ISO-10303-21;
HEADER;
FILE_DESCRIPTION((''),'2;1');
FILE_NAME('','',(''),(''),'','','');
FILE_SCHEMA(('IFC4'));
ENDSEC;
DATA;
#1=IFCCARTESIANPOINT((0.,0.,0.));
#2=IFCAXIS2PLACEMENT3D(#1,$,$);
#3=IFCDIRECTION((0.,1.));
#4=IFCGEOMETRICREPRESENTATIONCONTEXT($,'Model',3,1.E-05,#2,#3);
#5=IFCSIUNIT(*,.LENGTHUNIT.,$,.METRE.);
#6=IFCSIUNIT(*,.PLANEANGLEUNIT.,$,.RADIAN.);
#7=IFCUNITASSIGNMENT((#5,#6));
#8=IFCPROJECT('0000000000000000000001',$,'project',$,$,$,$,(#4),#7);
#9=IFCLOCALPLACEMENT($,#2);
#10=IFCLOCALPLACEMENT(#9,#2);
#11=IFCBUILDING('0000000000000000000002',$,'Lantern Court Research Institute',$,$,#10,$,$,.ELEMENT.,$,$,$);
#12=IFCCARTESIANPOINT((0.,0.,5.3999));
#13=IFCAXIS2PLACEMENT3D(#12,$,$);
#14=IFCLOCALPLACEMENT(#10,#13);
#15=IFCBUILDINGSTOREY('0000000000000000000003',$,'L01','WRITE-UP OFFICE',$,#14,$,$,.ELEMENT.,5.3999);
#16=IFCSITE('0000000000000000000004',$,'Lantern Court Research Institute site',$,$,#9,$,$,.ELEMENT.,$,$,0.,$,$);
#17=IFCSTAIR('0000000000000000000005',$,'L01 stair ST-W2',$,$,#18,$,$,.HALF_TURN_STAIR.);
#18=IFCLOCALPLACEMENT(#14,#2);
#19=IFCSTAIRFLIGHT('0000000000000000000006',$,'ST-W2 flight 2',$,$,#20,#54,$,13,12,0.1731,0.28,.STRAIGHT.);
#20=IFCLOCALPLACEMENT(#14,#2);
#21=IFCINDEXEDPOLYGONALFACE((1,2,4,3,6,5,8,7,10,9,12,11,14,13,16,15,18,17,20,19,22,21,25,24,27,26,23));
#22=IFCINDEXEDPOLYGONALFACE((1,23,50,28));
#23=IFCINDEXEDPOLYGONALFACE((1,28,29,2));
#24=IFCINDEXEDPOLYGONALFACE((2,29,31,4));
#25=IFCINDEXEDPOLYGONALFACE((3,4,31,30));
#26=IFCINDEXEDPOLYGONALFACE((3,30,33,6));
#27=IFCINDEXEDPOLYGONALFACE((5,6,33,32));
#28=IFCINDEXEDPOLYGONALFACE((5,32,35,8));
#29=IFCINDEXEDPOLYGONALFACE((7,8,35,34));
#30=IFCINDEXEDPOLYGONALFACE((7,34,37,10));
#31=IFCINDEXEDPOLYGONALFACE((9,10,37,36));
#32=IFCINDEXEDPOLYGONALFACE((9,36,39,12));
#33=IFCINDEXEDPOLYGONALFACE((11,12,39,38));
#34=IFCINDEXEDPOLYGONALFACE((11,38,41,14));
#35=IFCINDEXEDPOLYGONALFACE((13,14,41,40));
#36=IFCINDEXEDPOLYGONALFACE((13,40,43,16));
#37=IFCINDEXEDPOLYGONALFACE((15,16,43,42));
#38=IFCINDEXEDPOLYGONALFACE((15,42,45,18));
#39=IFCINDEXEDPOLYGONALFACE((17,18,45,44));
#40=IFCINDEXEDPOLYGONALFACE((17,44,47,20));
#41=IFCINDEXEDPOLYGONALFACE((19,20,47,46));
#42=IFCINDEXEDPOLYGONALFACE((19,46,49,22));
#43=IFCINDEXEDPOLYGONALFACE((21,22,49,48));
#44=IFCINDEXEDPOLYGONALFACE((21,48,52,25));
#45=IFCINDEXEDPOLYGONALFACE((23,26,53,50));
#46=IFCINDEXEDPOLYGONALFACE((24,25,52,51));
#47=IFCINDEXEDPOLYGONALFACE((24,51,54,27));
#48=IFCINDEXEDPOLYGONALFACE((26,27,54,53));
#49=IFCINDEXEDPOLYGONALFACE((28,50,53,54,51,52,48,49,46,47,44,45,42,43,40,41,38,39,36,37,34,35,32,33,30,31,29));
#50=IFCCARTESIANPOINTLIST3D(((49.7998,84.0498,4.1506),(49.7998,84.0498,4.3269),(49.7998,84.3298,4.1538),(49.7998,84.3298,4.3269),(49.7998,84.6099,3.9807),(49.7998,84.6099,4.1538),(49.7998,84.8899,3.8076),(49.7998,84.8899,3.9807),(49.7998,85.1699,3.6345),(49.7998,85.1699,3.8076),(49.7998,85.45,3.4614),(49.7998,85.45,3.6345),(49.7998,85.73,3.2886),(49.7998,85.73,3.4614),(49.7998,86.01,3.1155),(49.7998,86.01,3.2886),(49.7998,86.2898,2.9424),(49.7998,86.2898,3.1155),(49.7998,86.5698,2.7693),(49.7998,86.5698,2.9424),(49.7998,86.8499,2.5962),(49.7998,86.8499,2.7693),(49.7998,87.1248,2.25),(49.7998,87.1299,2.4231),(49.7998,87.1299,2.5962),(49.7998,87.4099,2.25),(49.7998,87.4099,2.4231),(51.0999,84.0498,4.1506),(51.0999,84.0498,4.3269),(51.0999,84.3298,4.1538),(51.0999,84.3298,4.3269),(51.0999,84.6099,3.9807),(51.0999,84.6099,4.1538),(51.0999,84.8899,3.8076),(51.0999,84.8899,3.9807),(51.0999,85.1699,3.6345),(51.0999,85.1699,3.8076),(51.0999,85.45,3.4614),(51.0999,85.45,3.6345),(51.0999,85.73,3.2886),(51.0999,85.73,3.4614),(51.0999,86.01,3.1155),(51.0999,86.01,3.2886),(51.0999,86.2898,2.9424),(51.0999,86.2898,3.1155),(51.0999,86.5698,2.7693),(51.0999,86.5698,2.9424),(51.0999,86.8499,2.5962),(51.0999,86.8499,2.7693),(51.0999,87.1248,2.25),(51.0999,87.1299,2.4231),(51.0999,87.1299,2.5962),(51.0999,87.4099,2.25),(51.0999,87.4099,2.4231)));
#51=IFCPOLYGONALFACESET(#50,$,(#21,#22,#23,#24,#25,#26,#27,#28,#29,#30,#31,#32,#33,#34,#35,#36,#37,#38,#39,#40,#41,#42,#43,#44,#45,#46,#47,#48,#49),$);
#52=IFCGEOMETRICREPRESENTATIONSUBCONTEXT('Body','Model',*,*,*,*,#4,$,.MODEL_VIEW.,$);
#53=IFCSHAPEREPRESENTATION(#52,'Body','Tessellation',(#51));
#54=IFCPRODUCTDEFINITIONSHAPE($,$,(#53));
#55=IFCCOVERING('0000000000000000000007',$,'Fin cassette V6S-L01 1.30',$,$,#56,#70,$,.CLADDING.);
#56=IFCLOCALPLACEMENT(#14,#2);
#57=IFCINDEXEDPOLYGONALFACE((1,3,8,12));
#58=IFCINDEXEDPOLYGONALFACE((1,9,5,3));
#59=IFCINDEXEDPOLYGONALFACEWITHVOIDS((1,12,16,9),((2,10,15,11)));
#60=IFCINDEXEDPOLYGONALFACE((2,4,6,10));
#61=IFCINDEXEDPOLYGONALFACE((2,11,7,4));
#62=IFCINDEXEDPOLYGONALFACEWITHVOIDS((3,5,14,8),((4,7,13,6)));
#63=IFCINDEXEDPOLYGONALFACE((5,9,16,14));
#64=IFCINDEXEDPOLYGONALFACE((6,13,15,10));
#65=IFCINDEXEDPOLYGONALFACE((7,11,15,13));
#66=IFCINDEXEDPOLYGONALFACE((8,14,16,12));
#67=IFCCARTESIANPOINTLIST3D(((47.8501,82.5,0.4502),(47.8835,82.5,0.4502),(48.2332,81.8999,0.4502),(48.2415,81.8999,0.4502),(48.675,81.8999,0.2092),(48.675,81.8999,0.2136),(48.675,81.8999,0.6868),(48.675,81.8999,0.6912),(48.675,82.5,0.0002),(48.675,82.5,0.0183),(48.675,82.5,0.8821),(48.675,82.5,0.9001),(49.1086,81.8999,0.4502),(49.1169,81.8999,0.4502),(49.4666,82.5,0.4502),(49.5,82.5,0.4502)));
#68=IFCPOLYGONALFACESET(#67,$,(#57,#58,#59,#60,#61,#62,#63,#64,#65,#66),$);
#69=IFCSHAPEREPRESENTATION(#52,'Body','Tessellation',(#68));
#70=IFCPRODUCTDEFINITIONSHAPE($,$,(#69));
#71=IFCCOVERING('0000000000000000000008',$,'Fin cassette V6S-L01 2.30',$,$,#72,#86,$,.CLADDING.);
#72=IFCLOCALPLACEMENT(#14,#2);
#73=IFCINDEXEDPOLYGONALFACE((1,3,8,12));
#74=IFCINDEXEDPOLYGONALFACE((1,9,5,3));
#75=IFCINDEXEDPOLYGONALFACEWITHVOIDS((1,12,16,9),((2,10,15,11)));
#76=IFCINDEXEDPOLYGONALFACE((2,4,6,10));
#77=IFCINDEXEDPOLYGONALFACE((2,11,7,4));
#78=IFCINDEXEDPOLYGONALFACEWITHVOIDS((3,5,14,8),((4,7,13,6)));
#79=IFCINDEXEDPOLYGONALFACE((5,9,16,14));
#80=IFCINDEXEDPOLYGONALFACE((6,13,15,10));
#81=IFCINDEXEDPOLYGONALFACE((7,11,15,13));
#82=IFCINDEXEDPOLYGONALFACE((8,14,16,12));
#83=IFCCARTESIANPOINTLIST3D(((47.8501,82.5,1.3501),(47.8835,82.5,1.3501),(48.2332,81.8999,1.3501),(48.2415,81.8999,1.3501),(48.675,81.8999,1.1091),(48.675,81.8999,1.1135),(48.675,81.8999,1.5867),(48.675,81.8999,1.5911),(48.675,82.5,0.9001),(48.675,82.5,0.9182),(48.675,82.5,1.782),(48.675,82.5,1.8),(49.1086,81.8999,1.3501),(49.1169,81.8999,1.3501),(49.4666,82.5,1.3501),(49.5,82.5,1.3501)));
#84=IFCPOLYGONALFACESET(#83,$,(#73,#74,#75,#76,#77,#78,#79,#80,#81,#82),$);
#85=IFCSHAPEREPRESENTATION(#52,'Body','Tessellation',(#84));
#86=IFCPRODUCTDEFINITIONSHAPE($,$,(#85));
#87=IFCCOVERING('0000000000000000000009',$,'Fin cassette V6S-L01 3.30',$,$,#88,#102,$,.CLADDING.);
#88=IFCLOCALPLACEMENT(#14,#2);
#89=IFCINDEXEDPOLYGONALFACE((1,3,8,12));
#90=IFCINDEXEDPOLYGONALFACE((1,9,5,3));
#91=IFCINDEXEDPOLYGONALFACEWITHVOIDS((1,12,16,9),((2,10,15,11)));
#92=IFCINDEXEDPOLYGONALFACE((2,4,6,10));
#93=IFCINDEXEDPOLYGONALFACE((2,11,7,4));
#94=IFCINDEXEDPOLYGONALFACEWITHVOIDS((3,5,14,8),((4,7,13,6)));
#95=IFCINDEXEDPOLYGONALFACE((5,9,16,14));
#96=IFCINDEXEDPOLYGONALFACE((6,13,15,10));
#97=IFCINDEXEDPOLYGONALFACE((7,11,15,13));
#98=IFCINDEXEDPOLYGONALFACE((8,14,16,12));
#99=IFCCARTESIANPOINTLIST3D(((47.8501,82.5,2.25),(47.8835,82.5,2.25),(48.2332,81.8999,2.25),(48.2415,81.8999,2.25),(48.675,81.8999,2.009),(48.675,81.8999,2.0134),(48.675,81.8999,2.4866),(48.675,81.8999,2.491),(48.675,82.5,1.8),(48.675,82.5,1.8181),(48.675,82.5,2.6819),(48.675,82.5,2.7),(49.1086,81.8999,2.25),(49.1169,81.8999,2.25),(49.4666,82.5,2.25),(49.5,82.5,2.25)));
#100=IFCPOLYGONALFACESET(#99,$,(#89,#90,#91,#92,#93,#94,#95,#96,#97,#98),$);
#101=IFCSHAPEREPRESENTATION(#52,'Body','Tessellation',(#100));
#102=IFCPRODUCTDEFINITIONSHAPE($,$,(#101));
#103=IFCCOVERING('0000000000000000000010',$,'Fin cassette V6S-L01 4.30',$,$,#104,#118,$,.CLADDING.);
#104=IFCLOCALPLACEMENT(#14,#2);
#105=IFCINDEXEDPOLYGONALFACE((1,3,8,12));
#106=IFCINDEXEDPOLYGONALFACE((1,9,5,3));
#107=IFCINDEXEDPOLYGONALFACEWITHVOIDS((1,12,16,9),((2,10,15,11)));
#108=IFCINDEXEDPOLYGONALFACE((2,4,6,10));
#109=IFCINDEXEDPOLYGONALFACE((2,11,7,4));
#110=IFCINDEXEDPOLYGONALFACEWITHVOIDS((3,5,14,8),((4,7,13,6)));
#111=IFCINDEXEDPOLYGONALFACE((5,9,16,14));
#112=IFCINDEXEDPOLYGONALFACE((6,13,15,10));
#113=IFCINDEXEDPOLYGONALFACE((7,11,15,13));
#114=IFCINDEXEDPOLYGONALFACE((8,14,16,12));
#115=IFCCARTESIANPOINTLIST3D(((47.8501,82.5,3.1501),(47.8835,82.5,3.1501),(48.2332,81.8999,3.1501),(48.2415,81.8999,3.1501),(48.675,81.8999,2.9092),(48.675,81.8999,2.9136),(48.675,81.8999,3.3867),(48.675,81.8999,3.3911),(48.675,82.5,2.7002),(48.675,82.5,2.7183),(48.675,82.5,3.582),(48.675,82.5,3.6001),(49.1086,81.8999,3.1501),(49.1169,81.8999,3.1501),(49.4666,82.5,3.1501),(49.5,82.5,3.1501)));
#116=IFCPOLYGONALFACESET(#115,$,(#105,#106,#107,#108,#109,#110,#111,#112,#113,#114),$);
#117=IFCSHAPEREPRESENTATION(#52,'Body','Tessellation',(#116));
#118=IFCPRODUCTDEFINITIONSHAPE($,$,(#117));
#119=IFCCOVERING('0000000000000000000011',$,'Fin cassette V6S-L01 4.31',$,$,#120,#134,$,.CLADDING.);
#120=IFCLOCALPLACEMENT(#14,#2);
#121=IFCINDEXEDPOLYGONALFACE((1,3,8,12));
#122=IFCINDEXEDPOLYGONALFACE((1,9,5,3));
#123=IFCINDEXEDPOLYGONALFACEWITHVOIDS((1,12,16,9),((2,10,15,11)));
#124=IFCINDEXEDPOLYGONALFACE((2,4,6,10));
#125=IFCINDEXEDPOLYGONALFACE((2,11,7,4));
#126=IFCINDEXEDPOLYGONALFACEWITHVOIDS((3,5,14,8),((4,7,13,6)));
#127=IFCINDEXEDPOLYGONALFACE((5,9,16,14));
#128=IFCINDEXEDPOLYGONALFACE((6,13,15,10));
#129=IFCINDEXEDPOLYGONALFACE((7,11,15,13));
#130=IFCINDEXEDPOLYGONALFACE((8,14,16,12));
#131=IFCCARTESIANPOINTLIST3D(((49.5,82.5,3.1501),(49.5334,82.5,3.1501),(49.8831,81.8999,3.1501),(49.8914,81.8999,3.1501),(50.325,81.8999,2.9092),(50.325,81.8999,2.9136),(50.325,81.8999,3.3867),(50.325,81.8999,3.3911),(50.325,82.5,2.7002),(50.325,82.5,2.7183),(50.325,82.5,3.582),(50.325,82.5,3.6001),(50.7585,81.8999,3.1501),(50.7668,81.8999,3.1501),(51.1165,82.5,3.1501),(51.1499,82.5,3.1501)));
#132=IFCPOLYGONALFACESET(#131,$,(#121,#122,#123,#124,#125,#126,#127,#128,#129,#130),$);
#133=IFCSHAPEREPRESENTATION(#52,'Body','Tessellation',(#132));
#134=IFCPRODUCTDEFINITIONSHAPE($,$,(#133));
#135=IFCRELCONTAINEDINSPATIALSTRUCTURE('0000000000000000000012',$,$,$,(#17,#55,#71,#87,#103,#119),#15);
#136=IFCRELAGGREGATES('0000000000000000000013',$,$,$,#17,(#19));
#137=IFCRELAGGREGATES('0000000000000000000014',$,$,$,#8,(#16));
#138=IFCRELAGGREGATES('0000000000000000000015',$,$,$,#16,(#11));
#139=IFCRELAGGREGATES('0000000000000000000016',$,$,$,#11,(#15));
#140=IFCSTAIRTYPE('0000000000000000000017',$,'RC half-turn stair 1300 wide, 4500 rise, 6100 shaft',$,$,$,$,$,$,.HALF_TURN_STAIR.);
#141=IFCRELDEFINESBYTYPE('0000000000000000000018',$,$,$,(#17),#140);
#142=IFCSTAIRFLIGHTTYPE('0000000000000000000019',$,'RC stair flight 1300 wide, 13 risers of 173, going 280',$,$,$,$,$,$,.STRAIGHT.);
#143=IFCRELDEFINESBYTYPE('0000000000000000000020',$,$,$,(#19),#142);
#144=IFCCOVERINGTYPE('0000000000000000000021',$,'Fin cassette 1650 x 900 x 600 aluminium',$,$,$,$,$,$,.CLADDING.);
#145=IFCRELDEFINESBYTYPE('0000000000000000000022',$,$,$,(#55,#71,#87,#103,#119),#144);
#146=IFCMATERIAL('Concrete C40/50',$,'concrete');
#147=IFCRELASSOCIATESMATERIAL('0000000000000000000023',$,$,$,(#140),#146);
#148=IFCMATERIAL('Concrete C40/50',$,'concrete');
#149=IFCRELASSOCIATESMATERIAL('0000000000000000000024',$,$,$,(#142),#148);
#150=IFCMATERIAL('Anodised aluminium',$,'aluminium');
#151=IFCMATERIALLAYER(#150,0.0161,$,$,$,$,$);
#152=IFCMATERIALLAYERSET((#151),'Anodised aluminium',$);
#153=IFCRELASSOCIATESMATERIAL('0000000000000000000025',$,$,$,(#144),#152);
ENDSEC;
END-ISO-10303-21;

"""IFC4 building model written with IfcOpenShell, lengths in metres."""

from ifc_helpers import new_model, entity, si_unit, direction, frame, origin, place, context, subcontext, project, spatial, polyline, outline, extrude, material, layer, layer_set, type_object, element, aggregate, save


model = new_model("IFC4")

# Units and contexts
model_context = context("Model", 3, precision=1e-05, world=origin(), true_north=direction((0.0, 1.0)))
body_context = subcontext(model_context, "Body", "Model", "MODEL_VIEW")
ifc_project = project(units=[si_unit("LENGTHUNIT", "METRE"), si_unit("PLANEANGLEUNIT", "RADIAN")], contexts=[model_context])

# Site, building, storey
site_placement = place(None, origin())
site = spatial("IfcSite", under=ifc_project, at=site_placement, Name="Lantern Court Research Institute site", CompositionType="ELEMENT", RefElevation=0.0)
building_placement = place(site_placement, origin())
building = spatial("IfcBuilding", under=site, at=building_placement, Name="Lantern Court Research Institute", CompositionType="ELEMENT")
storey_placement = place(building_placement, frame((0.0, 0.0, 5.3999)))
storey = spatial("IfcBuildingStorey", under=building, at=storey_placement, Name="L01", Description="WRITE-UP OFFICE", CompositionType="ELEMENT", Elevation=5.3999)

# Stair, stair flight
ifc_material_1 = material(Name="Concrete C40/50", Category="concrete")
stair_type = type_object("IfcStairType", Name="RC half-turn stair 1300 wide, 4500 rise, 6100 shaft", PredefinedType="HALF_TURN_STAIR", material=ifc_material_1)
stair_placement = place(storey_placement, origin())
stair = element("IfcStair", 1, at=stair_placement, inside=storey, type_object=stair_type, Name="L01 stair ST-W2", PredefinedType="HALF_TURN_STAIR")
ifc_material_2 = material(Name="Concrete C40/50", Category="concrete")
stair_flight_type = type_object("IfcStairFlightType", Name="RC stair flight 1300 wide, 13 risers of 173, going 280", PredefinedType="STRAIGHT", material=ifc_material_2)
stair_flight_1_placement = place(storey_placement, frame((50.45, 87.4099, 2.25), z_axis=(0.0, 0.0, 1.0), x_axis=(0.0, -1.0, 0.0)))
stair_flight_1 = element("IfcStairFlight", 2, at=stair_flight_1_placement, type_object=stair_flight_type, Name="ST-W2 flight 2", NumberOfRisers=13, NumberOfTreads=12, PredefinedType="STRAIGHT", RiserHeight=0.1731, TreadLength=0.28, context=body_context, shape_type="SweptSolid", body=[
    extrude(outline(polyline([(0.0, 0.0), (0.0, 0.1731), (0.28, 0.1731), (0.28, 0.3462), (0.5601, 0.3462), (0.5601, 0.5193), (0.8401, 0.5193), (0.8401, 0.6924), (1.1201, 0.6924), (1.1201, 0.8655), (1.3999, 0.8655), (1.3999, 1.0386), (1.6799, 1.0386), (1.6799, 1.2114), (1.96, 1.2114), (1.96, 1.3845), (2.24, 1.3845), (2.24, 1.5576), (2.52, 1.5576), (2.52, 1.7307), (2.8, 1.7307), (2.8, 1.9038), (3.0801, 1.9038), (3.0801, 2.0769), (3.3601, 2.0769), (3.3601, 2.25), (3.3601, 1.9006), (0.2852, 0.0), (0.0, 0.0)])), frame((0.0, 0.6499, 0.0), z_axis=(0.0, -1.0, 0.0), x_axis=(1.0, 0.0, 0.0)), (0.0, 0.0, 1.0), 1.3),
])
aggregate(stair, [stair_flight_1])

# Coverings
ifc_material_3 = material(Name="Anodised aluminium", Category="aluminium")
ifc_layer_1 = layer(ifc_material_3, 0.0161)
ifc_layer_set_1 = layer_set([ifc_layer_1], Name="Anodised aluminium")
covering_type = type_object("IfcCoveringType", Name="Fin cassette 1650 x 900 x 600 aluminium", PredefinedType="CLADDING", material=ifc_layer_set_1)
covering_1_placement = place(storey_placement, frame((48.675, 82.5, 0.4502), z_axis=(0.0, -1.0, 0.0), x_axis=(1.0, 0.0, 0.0)))
cartesian_point_1 = entity("IfcCartesianPoint", [0.825, 0.0])
cartesian_point_2 = entity("IfcCartesianPoint", [0.7915, 0.0])
cartesian_point_3 = entity("IfcCartesianPoint", [0.4419, 0.0])
cartesian_point_4 = entity("IfcCartesianPoint", [0.4336, 0.0])
element("IfcCovering", 3, at=covering_1_placement, inside=storey, type_object=covering_type, Name="Fin cassette V6S-L01 1.30", PredefinedType="CLADDING", context=body_context, shape_type="SweptSolid", body=[
    entity("IfcExtrudedAreaSolidTapered", entity("IfcArbitraryProfileDefWithVoids", "AREA", None, entity("IfcPolyline", [cartesian_point_1, entity("IfcCartesianPoint", [0.0, 0.45]), entity("IfcCartesianPoint", [-0.825, 0.0]), entity("IfcCartesianPoint", [0.0, -0.45]), cartesian_point_1]), [entity("IfcPolyline", [cartesian_point_2, entity("IfcCartesianPoint", [0.0, 0.4319]), entity("IfcCartesianPoint", [-0.7915, 0.0]), entity("IfcCartesianPoint", [0.0, -0.4319]), cartesian_point_2])]), entity("IfcAxis2Placement3D", entity("IfcCartesianPoint", [0.0, 0.0, 0.0])), entity("IfcDirection", [0.0, 0.0, 1.0]), 0.6001, entity("IfcArbitraryProfileDefWithVoids", "AREA", None, entity("IfcPolyline", [cartesian_point_3, entity("IfcCartesianPoint", [0.0, 0.241]), entity("IfcCartesianPoint", [-0.4419, 0.0]), entity("IfcCartesianPoint", [0.0, -0.241]), cartesian_point_3]), [entity("IfcPolyline", [cartesian_point_4, entity("IfcCartesianPoint", [0.0, 0.2366]), entity("IfcCartesianPoint", [-0.4336, 0.0]), entity("IfcCartesianPoint", [0.0, -0.2366]), cartesian_point_4])])),
])
covering_2_placement = place(storey_placement, frame((48.675, 82.5, 1.3501), z_axis=(0.0, -1.0, 0.0), x_axis=(1.0, 0.0, 0.0)))
cartesian_point_5 = entity("IfcCartesianPoint", [0.825, 0.0])
cartesian_point_6 = entity("IfcCartesianPoint", [0.7915, 0.0])
cartesian_point_7 = entity("IfcCartesianPoint", [0.4419, 0.0])
cartesian_point_8 = entity("IfcCartesianPoint", [0.4336, 0.0])
element("IfcCovering", 4, at=covering_2_placement, inside=storey, type_object=covering_type, Name="Fin cassette V6S-L01 2.30", PredefinedType="CLADDING", context=body_context, shape_type="SweptSolid", body=[
    entity("IfcExtrudedAreaSolidTapered", entity("IfcArbitraryProfileDefWithVoids", "AREA", None, entity("IfcPolyline", [cartesian_point_5, entity("IfcCartesianPoint", [0.0, 0.45]), entity("IfcCartesianPoint", [-0.825, 0.0]), entity("IfcCartesianPoint", [0.0, -0.45]), cartesian_point_5]), [entity("IfcPolyline", [cartesian_point_6, entity("IfcCartesianPoint", [0.0, 0.4319]), entity("IfcCartesianPoint", [-0.7915, 0.0]), entity("IfcCartesianPoint", [0.0, -0.4319]), cartesian_point_6])]), entity("IfcAxis2Placement3D", entity("IfcCartesianPoint", [0.0, 0.0, 0.0])), entity("IfcDirection", [0.0, 0.0, 1.0]), 0.6001, entity("IfcArbitraryProfileDefWithVoids", "AREA", None, entity("IfcPolyline", [cartesian_point_7, entity("IfcCartesianPoint", [0.0, 0.241]), entity("IfcCartesianPoint", [-0.4419, 0.0]), entity("IfcCartesianPoint", [0.0, -0.241]), cartesian_point_7]), [entity("IfcPolyline", [cartesian_point_8, entity("IfcCartesianPoint", [0.0, 0.2366]), entity("IfcCartesianPoint", [-0.4336, 0.0]), entity("IfcCartesianPoint", [0.0, -0.2366]), cartesian_point_8])])),
])
covering_3_placement = place(storey_placement, frame((48.675, 82.5, 2.25), z_axis=(0.0, -1.0, 0.0), x_axis=(1.0, 0.0, 0.0)))
cartesian_point_9 = entity("IfcCartesianPoint", [0.825, 0.0])
cartesian_point_10 = entity("IfcCartesianPoint", [0.7915, 0.0])
cartesian_point_11 = entity("IfcCartesianPoint", [0.4419, 0.0])
cartesian_point_12 = entity("IfcCartesianPoint", [0.4336, 0.0])
element("IfcCovering", 5, at=covering_3_placement, inside=storey, type_object=covering_type, Name="Fin cassette V6S-L01 3.30", PredefinedType="CLADDING", context=body_context, shape_type="SweptSolid", body=[
    entity("IfcExtrudedAreaSolidTapered", entity("IfcArbitraryProfileDefWithVoids", "AREA", None, entity("IfcPolyline", [cartesian_point_9, entity("IfcCartesianPoint", [0.0, 0.45]), entity("IfcCartesianPoint", [-0.825, 0.0]), entity("IfcCartesianPoint", [0.0, -0.45]), cartesian_point_9]), [entity("IfcPolyline", [cartesian_point_10, entity("IfcCartesianPoint", [0.0, 0.4319]), entity("IfcCartesianPoint", [-0.7915, 0.0]), entity("IfcCartesianPoint", [0.0, -0.4319]), cartesian_point_10])]), entity("IfcAxis2Placement3D", entity("IfcCartesianPoint", [0.0, 0.0, 0.0])), entity("IfcDirection", [0.0, 0.0, 1.0]), 0.6001, entity("IfcArbitraryProfileDefWithVoids", "AREA", None, entity("IfcPolyline", [cartesian_point_11, entity("IfcCartesianPoint", [0.0, 0.241]), entity("IfcCartesianPoint", [-0.4419, 0.0]), entity("IfcCartesianPoint", [0.0, -0.241]), cartesian_point_11]), [entity("IfcPolyline", [cartesian_point_12, entity("IfcCartesianPoint", [0.0, 0.2366]), entity("IfcCartesianPoint", [-0.4336, 0.0]), entity("IfcCartesianPoint", [0.0, -0.2366]), cartesian_point_12])])),
])
covering_4_placement = place(storey_placement, frame((48.675, 82.5, 3.1501), z_axis=(0.0, -1.0, 0.0), x_axis=(1.0, 0.0, 0.0)))
cartesian_point_13 = entity("IfcCartesianPoint", [0.825, 0.0])
cartesian_point_14 = entity("IfcCartesianPoint", [0.7915, 0.0])
cartesian_point_15 = entity("IfcCartesianPoint", [0.4419, 0.0])
cartesian_point_16 = entity("IfcCartesianPoint", [0.4336, 0.0])
element("IfcCovering", 6, at=covering_4_placement, inside=storey, type_object=covering_type, Name="Fin cassette V6S-L01 4.30", PredefinedType="CLADDING", context=body_context, shape_type="SweptSolid", body=[
    entity("IfcExtrudedAreaSolidTapered", entity("IfcArbitraryProfileDefWithVoids", "AREA", None, entity("IfcPolyline", [cartesian_point_13, entity("IfcCartesianPoint", [0.0, 0.45]), entity("IfcCartesianPoint", [-0.825, 0.0]), entity("IfcCartesianPoint", [0.0, -0.45]), cartesian_point_13]), [entity("IfcPolyline", [cartesian_point_14, entity("IfcCartesianPoint", [0.0, 0.4319]), entity("IfcCartesianPoint", [-0.7915, 0.0]), entity("IfcCartesianPoint", [0.0, -0.4319]), cartesian_point_14])]), entity("IfcAxis2Placement3D", entity("IfcCartesianPoint", [0.0, 0.0, 0.0])), entity("IfcDirection", [0.0, 0.0, 1.0]), 0.6001, entity("IfcArbitraryProfileDefWithVoids", "AREA", None, entity("IfcPolyline", [cartesian_point_15, entity("IfcCartesianPoint", [0.0, 0.241]), entity("IfcCartesianPoint", [-0.4419, 0.0]), entity("IfcCartesianPoint", [0.0, -0.241]), cartesian_point_15]), [entity("IfcPolyline", [cartesian_point_16, entity("IfcCartesianPoint", [0.0, 0.2366]), entity("IfcCartesianPoint", [-0.4336, 0.0]), entity("IfcCartesianPoint", [0.0, -0.2366]), cartesian_point_16])])),
])
covering_5_placement = place(storey_placement, frame((50.325, 82.5, 3.1501), z_axis=(0.0, -1.0, 0.0), x_axis=(1.0, 0.0, 0.0)))
cartesian_point_17 = entity("IfcCartesianPoint", [0.825, 0.0])
cartesian_point_18 = entity("IfcCartesianPoint", [0.7915, 0.0])
cartesian_point_19 = entity("IfcCartesianPoint", [0.4419, 0.0])
cartesian_point_20 = entity("IfcCartesianPoint", [0.4336, 0.0])
element("IfcCovering", 7, at=covering_5_placement, inside=storey, type_object=covering_type, Name="Fin cassette V6S-L01 4.31", PredefinedType="CLADDING", context=body_context, shape_type="SweptSolid", body=[
    entity("IfcExtrudedAreaSolidTapered", entity("IfcArbitraryProfileDefWithVoids", "AREA", None, entity("IfcPolyline", [cartesian_point_17, entity("IfcCartesianPoint", [0.0, 0.45]), entity("IfcCartesianPoint", [-0.825, 0.0]), entity("IfcCartesianPoint", [0.0, -0.45]), cartesian_point_17]), [entity("IfcPolyline", [cartesian_point_18, entity("IfcCartesianPoint", [0.0, 0.4319]), entity("IfcCartesianPoint", [-0.7915, 0.0]), entity("IfcCartesianPoint", [0.0, -0.4319]), cartesian_point_18])]), entity("IfcAxis2Placement3D", entity("IfcCartesianPoint", [0.0, 0.0, 0.0])), entity("IfcDirection", [0.0, 0.0, 1.0]), 0.6001, entity("IfcArbitraryProfileDefWithVoids", "AREA", None, entity("IfcPolyline", [cartesian_point_19, entity("IfcCartesianPoint", [0.0, 0.241]), entity("IfcCartesianPoint", [-0.4419, 0.0]), entity("IfcCartesianPoint", [0.0, -0.241]), cartesian_point_19]), [entity("IfcPolyline", [cartesian_point_20, entity("IfcCartesianPoint", [0.0, 0.2366]), entity("IfcCartesianPoint", [-0.4336, 0.0]), entity("IfcCartesianPoint", [0.0, -0.2366]), cartesian_point_20])])),
])

save(model, "model.ifc")
